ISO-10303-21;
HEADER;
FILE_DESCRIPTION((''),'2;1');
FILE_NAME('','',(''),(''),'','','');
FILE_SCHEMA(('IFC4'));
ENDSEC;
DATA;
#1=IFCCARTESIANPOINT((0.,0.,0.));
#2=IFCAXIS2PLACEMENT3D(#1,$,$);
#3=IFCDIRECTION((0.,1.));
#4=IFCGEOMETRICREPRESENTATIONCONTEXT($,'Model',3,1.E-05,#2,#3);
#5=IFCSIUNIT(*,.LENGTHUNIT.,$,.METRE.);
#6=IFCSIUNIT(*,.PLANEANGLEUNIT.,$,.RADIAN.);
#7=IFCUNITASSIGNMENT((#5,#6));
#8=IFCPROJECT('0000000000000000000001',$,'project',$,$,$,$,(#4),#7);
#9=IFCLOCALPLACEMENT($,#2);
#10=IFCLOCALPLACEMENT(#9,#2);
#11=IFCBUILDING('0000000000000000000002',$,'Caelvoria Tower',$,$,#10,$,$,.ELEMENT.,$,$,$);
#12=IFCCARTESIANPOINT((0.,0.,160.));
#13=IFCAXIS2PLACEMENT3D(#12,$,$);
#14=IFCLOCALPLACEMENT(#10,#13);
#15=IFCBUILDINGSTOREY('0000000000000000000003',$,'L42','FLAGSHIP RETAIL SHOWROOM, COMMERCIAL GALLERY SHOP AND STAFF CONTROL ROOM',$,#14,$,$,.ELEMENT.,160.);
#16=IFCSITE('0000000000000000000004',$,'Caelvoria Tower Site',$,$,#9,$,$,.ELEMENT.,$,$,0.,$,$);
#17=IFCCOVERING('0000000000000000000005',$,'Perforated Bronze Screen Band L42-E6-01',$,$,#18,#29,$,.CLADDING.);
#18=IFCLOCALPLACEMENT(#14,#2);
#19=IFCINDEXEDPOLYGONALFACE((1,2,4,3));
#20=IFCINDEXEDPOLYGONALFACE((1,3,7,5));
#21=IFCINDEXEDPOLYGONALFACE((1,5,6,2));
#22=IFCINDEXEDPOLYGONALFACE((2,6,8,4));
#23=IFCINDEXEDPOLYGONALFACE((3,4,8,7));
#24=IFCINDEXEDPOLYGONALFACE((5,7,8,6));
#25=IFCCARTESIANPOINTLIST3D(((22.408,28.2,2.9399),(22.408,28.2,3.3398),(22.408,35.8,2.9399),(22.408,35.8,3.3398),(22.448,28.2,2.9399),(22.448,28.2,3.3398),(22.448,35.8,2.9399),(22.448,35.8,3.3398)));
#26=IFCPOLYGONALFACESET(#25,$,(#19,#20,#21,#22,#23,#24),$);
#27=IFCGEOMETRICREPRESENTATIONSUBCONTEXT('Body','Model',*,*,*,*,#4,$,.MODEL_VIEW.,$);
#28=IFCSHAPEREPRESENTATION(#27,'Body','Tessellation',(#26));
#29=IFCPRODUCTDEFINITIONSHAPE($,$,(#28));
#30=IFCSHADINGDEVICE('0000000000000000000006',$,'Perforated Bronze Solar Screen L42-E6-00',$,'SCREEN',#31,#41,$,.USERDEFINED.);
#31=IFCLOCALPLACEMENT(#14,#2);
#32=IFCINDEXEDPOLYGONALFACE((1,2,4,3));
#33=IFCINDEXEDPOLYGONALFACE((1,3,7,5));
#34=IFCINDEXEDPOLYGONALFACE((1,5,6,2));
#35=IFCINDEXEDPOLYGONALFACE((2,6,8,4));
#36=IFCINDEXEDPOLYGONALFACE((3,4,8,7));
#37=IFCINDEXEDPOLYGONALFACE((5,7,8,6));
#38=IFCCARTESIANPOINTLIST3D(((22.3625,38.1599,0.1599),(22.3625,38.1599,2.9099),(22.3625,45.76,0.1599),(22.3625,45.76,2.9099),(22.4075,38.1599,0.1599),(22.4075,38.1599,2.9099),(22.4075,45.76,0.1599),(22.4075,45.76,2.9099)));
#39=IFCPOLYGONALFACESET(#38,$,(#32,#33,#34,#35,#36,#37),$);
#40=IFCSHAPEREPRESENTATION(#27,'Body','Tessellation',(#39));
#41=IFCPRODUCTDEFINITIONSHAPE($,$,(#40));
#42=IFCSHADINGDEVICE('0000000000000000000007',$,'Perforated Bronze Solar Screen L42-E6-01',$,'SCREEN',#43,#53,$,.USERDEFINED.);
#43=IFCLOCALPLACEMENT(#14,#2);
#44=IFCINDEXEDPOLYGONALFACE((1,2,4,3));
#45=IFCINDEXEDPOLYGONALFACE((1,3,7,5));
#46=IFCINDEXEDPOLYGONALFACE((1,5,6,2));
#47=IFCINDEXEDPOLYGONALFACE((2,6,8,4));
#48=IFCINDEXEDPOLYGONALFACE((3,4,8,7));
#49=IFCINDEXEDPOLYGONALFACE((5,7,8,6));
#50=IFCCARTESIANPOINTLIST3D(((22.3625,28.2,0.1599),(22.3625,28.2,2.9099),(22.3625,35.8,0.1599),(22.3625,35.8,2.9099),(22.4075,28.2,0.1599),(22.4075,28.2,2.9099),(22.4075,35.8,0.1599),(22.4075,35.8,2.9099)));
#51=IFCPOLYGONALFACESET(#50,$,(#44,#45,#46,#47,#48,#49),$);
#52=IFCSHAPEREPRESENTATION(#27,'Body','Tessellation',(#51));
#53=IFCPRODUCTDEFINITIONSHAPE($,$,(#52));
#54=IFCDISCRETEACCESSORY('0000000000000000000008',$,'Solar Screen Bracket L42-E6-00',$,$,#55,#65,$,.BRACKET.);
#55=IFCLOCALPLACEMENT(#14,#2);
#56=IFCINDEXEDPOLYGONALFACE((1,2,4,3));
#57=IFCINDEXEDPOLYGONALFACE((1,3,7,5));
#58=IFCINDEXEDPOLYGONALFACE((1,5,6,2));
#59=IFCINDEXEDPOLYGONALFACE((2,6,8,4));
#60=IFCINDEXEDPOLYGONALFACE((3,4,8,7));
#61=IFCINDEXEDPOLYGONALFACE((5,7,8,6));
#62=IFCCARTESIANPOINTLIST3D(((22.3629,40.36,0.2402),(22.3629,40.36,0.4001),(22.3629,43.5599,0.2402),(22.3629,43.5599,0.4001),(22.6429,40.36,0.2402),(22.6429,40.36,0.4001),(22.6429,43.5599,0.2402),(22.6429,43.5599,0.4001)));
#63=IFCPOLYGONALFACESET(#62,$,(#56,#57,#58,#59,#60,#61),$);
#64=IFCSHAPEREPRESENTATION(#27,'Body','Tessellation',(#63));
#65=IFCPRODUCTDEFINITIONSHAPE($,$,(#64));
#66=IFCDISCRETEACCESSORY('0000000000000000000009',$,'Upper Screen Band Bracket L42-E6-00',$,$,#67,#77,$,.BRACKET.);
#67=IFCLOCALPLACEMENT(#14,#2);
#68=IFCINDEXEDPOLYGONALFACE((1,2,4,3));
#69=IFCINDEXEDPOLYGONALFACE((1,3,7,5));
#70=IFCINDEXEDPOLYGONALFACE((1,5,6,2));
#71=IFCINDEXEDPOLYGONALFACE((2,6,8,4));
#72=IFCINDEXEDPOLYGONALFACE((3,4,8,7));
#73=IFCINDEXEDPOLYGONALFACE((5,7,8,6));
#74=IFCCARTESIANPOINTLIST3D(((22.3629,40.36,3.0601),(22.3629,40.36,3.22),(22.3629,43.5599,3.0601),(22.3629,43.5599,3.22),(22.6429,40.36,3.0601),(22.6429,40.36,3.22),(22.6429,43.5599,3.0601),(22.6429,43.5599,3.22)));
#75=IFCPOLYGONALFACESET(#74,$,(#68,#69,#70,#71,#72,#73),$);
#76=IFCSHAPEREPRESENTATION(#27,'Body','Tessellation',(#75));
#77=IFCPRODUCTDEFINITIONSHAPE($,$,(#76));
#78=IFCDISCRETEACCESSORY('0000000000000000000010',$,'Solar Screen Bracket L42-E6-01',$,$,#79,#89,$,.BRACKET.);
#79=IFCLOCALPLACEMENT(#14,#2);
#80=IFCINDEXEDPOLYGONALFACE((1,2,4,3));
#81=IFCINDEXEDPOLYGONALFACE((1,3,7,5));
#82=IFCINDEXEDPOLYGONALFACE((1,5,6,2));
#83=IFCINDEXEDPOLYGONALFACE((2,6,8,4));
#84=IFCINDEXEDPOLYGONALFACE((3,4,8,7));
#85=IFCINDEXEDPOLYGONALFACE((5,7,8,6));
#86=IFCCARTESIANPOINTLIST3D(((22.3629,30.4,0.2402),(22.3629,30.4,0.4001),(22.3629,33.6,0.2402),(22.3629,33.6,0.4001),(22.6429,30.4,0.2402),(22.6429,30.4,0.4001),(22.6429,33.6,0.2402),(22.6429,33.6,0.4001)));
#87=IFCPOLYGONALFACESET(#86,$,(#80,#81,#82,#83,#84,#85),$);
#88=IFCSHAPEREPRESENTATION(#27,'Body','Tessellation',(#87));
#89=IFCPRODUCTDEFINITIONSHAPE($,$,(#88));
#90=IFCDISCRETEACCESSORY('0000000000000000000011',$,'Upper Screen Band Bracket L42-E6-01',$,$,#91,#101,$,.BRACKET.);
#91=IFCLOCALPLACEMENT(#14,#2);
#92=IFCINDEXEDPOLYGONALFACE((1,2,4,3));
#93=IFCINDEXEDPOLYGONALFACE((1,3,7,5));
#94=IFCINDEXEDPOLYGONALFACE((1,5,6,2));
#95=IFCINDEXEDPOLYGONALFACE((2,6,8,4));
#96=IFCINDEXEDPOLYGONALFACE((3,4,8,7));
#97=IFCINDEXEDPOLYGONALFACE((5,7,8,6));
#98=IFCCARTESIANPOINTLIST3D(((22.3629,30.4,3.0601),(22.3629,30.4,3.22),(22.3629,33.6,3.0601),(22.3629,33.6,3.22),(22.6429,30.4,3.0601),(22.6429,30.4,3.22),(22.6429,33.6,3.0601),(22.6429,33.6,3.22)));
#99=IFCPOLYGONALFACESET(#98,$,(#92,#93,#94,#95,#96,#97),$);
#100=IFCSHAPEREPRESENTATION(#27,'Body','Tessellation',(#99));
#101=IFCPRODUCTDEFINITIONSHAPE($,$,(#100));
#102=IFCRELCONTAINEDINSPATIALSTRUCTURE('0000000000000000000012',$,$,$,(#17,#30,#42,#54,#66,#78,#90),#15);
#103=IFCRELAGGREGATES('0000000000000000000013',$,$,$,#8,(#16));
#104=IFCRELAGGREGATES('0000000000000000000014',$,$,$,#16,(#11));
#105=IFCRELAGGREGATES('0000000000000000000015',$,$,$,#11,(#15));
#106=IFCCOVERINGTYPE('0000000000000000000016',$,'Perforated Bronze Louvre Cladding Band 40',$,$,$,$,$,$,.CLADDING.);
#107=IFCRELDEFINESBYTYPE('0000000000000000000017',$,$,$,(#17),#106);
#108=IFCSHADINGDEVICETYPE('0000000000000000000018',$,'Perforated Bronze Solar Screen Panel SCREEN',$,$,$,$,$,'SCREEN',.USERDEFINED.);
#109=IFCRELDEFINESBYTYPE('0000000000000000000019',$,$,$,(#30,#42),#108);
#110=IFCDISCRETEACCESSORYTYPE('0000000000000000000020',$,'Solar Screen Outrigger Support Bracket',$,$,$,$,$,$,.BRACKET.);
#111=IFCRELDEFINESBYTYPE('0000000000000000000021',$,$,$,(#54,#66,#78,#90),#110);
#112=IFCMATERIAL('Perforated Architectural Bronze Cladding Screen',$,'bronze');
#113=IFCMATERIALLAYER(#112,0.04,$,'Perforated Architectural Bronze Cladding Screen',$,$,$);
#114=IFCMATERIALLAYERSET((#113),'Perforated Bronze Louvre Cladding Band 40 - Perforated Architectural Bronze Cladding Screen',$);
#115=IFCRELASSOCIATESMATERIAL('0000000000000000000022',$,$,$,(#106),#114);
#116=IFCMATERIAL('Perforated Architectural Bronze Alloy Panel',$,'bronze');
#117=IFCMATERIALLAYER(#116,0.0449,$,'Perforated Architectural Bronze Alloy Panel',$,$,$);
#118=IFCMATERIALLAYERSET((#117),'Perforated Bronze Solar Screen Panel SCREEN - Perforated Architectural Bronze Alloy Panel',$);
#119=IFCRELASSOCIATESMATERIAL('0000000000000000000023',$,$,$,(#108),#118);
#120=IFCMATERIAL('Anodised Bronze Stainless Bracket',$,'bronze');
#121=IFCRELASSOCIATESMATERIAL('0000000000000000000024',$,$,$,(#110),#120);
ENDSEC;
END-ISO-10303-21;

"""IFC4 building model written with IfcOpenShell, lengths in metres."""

from ifc_helpers import new_model, si_unit, direction, frame, origin, origin_2d, place, context, subcontext, project, spatial, rectangle, extrude, material, layer, layer_set, type_object, element, save


model = new_model("IFC4")

# Units and contexts
model_context = context("Model", 3, precision=1e-05, world=origin(), true_north=direction((0.0, 1.0)))
body_context = subcontext(model_context, "Body", "Model", "MODEL_VIEW")
ifc_project = project(units=[si_unit("LENGTHUNIT", "METRE"), si_unit("PLANEANGLEUNIT", "RADIAN")], contexts=[model_context])

# Site, building, storey
site_placement = place(None, origin())
site = spatial("IfcSite", under=ifc_project, at=site_placement, Name="Caelvoria Tower Site", CompositionType="ELEMENT", RefElevation=0.0)
building_placement = place(site_placement, origin())
building = spatial("IfcBuilding", under=site, at=building_placement, Name="Caelvoria Tower", CompositionType="ELEMENT")
storey_placement = place(building_placement, frame((0.0, 0.0, 160.0)))
storey = spatial("IfcBuildingStorey", under=building, at=storey_placement, Name="L42", Description="FLAGSHIP RETAIL SHOWROOM, COMMERCIAL GALLERY SHOP AND STAFF CONTROL ROOM", CompositionType="ELEMENT", Elevation=160.0)

# Covering
ifc_material_1 = material(Name="Perforated Architectural Bronze Cladding Screen", Category="bronze")
ifc_layer_1 = layer(ifc_material_1, 0.04, Name="Perforated Architectural Bronze Cladding Screen")
ifc_layer_set_1 = layer_set([ifc_layer_1], Name="Perforated Bronze Louvre Cladding Band 40 - Perforated Architectural Bronze Cladding Screen")
covering_type = type_object("IfcCoveringType", Name="Perforated Bronze Louvre Cladding Band 40", PredefinedType="CLADDING", material=ifc_layer_set_1)
for number, where, z_axis, x_axis, name in (
    (1, (22.428, 32.0, 2.9399), (0.0, 0.0, 1.0), (0.0, -1.0, 0.0), "Perforated Bronze Screen Band L42-E6-01"),
):
    element("IfcCovering", number, at=place(storey_placement, frame(where, z_axis=z_axis, x_axis=x_axis)), inside=storey, type_object=covering_type, Name=name, PredefinedType="CLADDING", context=body_context, shape_type="SweptSolid", body=[
        extrude(rectangle(XDim=7.6001, YDim=0.04, at=origin_2d()), origin(), (0.0, 0.0, 1.0), 0.3999),
    ])

# Shading devices
ifc_material_2 = material(Name="Perforated Architectural Bronze Alloy Panel", Category="bronze")
ifc_layer_2 = layer(ifc_material_2, 0.0449, Name="Perforated Architectural Bronze Alloy Panel")
ifc_layer_set_2 = layer_set([ifc_layer_2], Name="Perforated Bronze Solar Screen Panel SCREEN - Perforated Architectural Bronze Alloy Panel")
shading_device_type = type_object("IfcShadingDeviceType", Name="Perforated Bronze Solar Screen Panel SCREEN", ElementType="SCREEN", PredefinedType="USERDEFINED", material=ifc_layer_set_2)
for number, where, z_axis, x_axis, name in (
    (2, (22.385, 41.96, 0.1599), (0.0, 0.0, 1.0), (0.0, -1.0, 0.0), "Perforated Bronze Solar Screen L42-E6-00"),
    (3, (22.385, 32.0, 0.1599), (0.0, 0.0, 1.0), (0.0, -1.0, 0.0), "Perforated Bronze Solar Screen L42-E6-01"),
):
    element("IfcShadingDevice", number, at=place(storey_placement, frame(where, z_axis=z_axis, x_axis=x_axis)), inside=storey, type_object=shading_device_type, Name=name, ObjectType="SCREEN", PredefinedType="USERDEFINED", context=body_context, shape_type="SweptSolid", body=[
        extrude(rectangle(XDim=7.6001, YDim=0.0449, at=origin_2d()), origin(), (0.0, 0.0, 1.0), 2.75),
    ])

# Discrete accessories
ifc_material_3 = material(Name="Anodised Bronze Stainless Bracket", Category="bronze")
discrete_accessory_type = type_object("IfcDiscreteAccessoryType", Name="Solar Screen Outrigger Support Bracket", PredefinedType="BRACKET", material=ifc_material_3)
for number, where, z_axis, x_axis, name in (
    (4, (22.5029, 41.96, 0.2402), (0.0, 0.0, 1.0), (0.0, -1.0, 0.0), "Solar Screen Bracket L42-E6-00"),
    (5, (22.5029, 41.96, 3.0601), (0.0, 0.0, 1.0), (0.0, -1.0, 0.0), "Upper Screen Band Bracket L42-E6-00"),
    (6, (22.5029, 32.0, 0.2402), (0.0, 0.0, 1.0), (0.0, -1.0, 0.0), "Solar Screen Bracket L42-E6-01"),
    (7, (22.5029, 32.0, 3.0601), (0.0, 0.0, 1.0), (0.0, -1.0, 0.0), "Upper Screen Band Bracket L42-E6-01"),
):
    element("IfcDiscreteAccessory", number, at=place(storey_placement, frame(where, z_axis=z_axis, x_axis=x_axis)), inside=storey, type_object=discrete_accessory_type, Name=name, PredefinedType="BRACKET", context=body_context, shape_type="SweptSolid", body=[
        extrude(rectangle(XDim=3.2, YDim=0.28, at=origin_2d()), origin(), (0.0, 0.0, 1.0), 0.1599),
    ])

save(model, "model.ifc")
